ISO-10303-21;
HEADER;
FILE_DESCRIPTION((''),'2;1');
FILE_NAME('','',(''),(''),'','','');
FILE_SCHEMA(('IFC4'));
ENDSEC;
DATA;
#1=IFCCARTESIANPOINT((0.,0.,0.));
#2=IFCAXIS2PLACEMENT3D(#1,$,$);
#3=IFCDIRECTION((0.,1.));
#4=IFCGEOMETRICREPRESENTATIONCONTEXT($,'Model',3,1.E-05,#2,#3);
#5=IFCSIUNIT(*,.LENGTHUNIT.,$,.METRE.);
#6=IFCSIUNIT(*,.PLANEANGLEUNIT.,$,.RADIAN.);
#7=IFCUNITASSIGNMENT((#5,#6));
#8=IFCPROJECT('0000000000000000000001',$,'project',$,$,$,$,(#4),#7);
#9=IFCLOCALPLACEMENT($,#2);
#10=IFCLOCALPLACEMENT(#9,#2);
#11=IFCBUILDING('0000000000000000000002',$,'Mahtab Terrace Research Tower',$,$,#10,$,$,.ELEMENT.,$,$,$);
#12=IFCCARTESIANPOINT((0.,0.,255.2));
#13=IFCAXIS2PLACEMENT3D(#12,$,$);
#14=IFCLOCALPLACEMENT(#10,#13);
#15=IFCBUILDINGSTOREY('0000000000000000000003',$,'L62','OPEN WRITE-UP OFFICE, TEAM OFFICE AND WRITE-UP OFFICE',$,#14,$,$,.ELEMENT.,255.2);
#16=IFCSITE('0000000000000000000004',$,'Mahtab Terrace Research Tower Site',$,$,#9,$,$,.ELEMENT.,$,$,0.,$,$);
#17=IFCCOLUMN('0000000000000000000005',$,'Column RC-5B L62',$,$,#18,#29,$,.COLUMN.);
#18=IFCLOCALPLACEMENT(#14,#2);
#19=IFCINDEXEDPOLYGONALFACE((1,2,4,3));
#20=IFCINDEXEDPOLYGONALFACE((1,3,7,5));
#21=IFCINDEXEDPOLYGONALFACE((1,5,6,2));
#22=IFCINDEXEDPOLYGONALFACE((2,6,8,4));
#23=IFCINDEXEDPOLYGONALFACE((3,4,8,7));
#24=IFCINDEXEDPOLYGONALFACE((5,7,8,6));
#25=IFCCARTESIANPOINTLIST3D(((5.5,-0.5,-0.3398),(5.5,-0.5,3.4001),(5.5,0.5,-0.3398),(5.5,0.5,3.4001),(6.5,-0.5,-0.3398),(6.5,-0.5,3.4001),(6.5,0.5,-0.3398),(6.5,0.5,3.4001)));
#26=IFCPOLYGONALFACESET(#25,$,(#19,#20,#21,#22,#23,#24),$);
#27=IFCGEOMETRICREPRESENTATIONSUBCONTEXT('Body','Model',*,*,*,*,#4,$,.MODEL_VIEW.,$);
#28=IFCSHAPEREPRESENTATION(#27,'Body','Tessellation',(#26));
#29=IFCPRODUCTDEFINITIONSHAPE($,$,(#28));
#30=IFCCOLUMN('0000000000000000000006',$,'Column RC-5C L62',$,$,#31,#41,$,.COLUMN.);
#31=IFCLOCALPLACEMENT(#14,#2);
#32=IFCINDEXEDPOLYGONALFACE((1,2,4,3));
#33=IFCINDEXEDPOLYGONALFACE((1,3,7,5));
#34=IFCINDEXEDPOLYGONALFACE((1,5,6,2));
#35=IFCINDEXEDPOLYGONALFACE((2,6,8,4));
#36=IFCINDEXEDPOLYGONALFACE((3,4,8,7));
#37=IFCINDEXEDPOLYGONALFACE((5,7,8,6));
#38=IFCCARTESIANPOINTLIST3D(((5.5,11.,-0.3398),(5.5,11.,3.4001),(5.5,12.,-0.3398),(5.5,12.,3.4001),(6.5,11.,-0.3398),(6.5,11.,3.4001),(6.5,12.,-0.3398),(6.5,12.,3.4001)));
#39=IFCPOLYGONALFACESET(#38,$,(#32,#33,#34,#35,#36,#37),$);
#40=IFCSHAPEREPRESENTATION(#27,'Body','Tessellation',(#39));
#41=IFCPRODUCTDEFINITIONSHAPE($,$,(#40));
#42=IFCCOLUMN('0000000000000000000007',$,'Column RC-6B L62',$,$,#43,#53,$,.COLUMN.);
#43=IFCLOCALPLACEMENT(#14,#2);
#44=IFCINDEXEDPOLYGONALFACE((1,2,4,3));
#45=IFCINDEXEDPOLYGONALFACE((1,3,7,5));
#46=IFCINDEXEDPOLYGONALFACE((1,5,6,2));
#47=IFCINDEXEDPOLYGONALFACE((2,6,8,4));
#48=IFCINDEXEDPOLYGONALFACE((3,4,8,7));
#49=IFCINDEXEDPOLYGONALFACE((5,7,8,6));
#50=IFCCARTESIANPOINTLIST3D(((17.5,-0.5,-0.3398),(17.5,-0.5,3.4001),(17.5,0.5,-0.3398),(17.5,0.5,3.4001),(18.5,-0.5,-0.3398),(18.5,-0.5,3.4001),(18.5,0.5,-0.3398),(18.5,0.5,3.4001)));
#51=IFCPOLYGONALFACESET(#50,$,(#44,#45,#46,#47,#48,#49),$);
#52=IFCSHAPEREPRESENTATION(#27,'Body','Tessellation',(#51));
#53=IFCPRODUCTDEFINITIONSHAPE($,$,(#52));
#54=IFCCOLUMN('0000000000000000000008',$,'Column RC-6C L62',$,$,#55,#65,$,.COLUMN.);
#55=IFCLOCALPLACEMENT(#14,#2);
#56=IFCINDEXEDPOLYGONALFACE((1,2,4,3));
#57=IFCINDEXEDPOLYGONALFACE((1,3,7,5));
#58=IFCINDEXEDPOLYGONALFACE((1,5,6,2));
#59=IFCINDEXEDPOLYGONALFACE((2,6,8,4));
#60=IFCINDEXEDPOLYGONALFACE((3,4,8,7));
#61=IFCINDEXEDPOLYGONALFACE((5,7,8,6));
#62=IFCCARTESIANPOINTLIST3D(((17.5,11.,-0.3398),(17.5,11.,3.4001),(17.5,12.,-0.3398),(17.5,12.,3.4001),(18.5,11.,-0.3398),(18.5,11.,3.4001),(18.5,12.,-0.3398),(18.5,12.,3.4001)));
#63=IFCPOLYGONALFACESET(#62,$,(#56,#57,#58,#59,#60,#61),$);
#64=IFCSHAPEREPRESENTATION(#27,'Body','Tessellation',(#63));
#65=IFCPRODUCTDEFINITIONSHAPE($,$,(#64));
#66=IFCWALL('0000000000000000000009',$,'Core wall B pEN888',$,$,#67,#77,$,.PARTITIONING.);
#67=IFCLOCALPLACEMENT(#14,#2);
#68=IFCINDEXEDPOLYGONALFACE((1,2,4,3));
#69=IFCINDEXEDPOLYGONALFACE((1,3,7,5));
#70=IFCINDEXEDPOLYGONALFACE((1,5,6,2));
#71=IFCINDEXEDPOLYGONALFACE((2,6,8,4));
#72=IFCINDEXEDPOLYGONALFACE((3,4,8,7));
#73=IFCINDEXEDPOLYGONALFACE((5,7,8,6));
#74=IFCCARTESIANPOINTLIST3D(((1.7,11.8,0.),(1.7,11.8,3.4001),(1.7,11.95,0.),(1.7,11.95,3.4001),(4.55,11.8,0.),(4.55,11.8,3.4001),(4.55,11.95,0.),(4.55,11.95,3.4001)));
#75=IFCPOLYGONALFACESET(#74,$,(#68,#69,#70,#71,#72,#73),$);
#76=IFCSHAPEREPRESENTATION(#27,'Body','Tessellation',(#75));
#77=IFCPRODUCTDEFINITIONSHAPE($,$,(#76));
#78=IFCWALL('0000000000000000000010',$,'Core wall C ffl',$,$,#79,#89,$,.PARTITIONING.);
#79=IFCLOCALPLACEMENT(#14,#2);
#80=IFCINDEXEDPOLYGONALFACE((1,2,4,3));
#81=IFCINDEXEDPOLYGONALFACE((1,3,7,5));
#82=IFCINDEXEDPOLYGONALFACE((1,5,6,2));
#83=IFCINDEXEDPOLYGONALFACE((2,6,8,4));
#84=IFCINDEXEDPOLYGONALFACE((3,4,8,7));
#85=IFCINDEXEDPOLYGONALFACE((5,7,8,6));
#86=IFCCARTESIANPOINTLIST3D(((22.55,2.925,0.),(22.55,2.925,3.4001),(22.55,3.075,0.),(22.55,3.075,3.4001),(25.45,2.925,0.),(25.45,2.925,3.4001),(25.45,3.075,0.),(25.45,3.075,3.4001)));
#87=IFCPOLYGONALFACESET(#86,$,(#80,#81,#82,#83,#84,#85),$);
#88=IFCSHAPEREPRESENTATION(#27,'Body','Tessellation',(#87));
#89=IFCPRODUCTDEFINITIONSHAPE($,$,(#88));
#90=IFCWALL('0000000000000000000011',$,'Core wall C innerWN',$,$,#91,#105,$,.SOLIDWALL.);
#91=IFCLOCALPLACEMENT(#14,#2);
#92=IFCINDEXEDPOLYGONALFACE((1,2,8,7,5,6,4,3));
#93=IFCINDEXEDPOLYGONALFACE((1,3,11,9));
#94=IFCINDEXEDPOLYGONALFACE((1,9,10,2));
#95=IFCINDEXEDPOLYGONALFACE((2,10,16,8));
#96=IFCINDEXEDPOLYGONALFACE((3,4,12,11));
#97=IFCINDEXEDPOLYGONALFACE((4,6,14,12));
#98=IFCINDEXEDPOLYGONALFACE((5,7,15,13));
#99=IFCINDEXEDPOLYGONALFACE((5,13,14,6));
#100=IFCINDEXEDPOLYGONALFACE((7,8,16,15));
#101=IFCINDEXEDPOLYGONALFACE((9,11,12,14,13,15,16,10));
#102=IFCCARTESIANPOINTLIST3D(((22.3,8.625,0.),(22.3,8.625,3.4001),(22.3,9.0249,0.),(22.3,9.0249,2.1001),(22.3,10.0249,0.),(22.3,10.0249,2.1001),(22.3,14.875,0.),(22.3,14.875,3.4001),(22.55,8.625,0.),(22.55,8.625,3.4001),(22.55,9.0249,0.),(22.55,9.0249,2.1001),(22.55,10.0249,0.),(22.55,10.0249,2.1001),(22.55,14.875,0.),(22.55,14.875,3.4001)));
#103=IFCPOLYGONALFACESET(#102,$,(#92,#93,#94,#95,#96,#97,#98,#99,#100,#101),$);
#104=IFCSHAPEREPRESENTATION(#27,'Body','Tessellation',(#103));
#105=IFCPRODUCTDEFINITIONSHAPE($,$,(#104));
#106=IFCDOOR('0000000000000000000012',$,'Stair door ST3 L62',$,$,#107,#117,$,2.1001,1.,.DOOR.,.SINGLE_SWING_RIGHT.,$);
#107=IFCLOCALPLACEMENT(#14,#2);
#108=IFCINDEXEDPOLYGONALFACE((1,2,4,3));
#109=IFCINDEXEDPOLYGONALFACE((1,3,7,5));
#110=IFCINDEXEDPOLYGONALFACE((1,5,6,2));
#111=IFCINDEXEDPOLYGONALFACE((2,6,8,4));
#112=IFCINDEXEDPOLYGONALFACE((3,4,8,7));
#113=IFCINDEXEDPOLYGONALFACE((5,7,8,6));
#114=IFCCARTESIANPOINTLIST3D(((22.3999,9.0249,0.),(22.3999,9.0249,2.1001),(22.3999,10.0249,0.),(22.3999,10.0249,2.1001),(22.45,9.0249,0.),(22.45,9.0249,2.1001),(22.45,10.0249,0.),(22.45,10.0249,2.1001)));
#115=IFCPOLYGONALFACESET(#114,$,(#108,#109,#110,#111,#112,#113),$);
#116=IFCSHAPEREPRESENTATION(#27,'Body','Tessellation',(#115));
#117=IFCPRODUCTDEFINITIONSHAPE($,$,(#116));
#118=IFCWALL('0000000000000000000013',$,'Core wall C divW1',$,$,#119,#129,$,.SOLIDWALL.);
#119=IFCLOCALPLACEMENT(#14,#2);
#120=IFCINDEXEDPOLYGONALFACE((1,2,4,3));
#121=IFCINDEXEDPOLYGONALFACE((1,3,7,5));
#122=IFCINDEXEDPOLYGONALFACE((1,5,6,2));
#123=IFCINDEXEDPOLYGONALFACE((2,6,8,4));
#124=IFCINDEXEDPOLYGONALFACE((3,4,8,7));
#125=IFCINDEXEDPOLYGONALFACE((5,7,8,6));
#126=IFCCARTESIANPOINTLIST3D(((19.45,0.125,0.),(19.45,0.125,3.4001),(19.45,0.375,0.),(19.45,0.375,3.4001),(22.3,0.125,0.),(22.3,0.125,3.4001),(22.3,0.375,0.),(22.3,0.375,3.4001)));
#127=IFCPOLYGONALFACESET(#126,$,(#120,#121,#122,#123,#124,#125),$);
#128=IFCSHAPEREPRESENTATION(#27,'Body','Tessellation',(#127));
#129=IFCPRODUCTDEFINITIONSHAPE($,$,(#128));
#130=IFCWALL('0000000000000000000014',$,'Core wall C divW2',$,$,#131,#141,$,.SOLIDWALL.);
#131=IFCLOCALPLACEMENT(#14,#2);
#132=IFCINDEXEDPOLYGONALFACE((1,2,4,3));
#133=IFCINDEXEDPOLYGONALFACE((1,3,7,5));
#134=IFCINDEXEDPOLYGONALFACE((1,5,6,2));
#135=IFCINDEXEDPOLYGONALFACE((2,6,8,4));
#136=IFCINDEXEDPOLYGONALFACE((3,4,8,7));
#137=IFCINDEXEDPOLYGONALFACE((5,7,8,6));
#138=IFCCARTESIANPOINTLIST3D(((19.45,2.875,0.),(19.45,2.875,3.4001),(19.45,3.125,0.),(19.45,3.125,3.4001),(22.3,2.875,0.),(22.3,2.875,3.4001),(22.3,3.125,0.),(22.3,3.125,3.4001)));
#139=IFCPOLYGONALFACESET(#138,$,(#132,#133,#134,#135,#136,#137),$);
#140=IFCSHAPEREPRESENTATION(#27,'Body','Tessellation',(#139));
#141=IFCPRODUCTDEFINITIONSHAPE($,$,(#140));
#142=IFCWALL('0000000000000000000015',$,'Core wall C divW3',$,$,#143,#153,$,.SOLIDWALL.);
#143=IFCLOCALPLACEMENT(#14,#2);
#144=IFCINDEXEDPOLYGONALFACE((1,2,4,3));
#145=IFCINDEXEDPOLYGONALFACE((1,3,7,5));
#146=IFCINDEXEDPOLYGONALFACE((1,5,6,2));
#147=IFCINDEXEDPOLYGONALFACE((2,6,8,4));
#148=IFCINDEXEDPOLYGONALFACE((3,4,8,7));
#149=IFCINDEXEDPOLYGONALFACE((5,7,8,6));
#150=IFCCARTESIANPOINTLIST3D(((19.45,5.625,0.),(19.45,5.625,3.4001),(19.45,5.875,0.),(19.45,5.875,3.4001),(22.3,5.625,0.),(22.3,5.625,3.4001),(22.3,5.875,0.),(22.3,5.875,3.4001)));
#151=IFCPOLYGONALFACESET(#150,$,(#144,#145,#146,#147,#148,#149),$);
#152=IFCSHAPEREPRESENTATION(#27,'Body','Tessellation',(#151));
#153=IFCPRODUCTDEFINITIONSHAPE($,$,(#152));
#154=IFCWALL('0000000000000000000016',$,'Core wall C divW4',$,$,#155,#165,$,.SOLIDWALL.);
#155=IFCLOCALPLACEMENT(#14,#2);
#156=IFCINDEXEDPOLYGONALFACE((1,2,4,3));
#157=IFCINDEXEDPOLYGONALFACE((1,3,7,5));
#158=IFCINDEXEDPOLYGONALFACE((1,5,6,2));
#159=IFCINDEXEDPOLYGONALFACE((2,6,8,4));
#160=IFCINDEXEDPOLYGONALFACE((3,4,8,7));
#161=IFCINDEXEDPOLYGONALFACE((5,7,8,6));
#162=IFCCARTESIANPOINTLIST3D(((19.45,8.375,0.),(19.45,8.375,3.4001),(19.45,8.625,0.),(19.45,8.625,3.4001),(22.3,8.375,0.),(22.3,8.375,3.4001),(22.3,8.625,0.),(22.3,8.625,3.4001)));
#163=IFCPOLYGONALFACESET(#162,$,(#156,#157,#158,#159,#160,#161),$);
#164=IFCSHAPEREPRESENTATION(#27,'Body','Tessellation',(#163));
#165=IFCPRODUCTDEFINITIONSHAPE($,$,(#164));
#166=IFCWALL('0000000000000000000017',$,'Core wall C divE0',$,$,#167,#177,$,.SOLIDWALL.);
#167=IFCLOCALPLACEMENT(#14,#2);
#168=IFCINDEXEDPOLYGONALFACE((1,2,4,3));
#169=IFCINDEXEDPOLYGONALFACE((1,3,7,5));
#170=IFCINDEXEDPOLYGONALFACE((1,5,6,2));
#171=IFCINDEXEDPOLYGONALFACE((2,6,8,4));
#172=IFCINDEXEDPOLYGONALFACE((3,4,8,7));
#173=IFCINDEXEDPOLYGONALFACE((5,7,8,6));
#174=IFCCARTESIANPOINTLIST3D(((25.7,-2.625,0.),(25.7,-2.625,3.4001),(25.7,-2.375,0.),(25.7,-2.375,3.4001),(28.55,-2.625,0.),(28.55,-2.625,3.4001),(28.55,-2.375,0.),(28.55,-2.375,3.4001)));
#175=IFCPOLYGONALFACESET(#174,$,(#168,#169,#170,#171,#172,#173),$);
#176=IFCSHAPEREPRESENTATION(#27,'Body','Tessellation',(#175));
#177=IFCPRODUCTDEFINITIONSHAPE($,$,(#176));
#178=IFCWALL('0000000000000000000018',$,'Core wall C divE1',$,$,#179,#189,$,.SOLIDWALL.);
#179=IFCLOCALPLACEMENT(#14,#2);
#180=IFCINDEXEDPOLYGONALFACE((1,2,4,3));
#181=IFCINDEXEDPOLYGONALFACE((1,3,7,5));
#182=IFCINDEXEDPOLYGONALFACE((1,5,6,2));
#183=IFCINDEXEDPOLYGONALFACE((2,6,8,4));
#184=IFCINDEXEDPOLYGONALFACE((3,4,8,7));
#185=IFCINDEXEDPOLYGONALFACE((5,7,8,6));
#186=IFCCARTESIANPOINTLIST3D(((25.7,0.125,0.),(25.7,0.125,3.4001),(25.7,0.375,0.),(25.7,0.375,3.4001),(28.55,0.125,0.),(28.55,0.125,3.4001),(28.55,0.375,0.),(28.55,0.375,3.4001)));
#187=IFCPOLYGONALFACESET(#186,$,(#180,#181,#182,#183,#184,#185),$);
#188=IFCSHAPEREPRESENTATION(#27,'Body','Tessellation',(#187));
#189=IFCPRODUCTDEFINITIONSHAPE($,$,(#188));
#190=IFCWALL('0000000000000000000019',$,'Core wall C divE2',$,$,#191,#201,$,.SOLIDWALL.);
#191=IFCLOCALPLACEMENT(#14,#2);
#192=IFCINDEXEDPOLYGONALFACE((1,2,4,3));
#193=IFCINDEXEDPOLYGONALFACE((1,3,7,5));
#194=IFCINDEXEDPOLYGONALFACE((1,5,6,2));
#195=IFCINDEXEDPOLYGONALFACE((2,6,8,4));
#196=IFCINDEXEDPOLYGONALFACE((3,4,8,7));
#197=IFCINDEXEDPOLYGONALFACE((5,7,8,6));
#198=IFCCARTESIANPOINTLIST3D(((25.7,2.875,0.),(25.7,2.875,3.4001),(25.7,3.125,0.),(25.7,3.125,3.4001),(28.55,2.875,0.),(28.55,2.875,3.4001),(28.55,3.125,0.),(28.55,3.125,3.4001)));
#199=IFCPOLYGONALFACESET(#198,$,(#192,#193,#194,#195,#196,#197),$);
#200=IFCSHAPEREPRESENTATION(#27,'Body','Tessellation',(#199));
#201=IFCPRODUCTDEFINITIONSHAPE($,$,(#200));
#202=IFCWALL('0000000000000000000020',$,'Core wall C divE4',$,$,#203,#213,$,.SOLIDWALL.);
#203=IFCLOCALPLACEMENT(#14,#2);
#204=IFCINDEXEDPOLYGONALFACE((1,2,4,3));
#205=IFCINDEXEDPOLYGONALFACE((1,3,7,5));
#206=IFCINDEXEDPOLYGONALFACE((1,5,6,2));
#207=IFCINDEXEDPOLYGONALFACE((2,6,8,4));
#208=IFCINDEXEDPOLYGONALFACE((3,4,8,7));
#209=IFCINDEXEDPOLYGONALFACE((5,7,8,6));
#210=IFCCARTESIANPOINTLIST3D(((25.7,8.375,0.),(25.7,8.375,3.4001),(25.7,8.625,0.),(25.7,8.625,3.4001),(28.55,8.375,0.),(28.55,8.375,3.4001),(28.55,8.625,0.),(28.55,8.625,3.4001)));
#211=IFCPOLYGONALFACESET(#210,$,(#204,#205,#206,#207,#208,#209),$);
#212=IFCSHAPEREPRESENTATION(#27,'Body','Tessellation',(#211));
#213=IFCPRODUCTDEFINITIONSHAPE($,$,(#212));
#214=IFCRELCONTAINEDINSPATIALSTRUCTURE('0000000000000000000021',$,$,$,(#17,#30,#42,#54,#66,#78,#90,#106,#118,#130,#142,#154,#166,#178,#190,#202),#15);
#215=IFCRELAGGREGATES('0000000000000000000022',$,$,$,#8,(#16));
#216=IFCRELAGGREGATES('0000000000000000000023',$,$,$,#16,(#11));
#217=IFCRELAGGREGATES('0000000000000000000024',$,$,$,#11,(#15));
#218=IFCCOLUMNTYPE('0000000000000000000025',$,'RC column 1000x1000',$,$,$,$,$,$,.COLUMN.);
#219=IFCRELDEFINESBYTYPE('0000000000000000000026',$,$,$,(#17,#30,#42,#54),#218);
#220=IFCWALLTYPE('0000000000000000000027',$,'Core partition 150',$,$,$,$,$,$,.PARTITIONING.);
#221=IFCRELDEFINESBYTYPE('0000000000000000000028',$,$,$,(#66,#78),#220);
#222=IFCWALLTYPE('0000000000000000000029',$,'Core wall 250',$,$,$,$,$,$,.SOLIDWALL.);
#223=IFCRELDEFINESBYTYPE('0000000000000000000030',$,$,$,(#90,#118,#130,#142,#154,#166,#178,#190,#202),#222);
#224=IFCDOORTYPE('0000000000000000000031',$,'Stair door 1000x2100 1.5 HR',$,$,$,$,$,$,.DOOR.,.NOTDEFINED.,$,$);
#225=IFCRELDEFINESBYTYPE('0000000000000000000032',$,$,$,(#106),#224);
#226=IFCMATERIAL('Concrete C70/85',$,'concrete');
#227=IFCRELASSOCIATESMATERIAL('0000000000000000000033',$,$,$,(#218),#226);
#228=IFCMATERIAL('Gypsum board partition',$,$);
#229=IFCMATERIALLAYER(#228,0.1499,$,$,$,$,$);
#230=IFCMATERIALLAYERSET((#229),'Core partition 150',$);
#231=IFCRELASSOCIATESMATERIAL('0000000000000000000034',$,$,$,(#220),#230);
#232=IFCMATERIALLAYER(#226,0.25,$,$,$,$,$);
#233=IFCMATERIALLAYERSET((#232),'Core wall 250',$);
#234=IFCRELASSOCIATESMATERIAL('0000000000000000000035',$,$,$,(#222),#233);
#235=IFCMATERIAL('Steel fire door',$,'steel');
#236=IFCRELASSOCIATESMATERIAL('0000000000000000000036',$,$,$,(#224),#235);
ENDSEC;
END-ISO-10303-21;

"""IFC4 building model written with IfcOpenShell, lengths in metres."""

from ifc_helpers import new_model, si_unit, direction, frame, frame_2d, origin, origin_2d, place, context, subcontext, project, spatial, rectangle, extrude, material, layer, layer_set, material_profile, profile_set, type_object, element, fill, save


model = new_model("IFC4")

# Units and contexts
model_context = context("Model", 3, precision=1e-05, world=origin(), true_north=direction((0.0, 1.0)))
body_context = subcontext(model_context, "Body", "Model", "MODEL_VIEW")
ifc_project = project(units=[si_unit("LENGTHUNIT", "METRE"), si_unit("PLANEANGLEUNIT", "RADIAN")], contexts=[model_context])

# Site, building, storey
site_placement = place(None, origin())
site = spatial("IfcSite", under=ifc_project, at=site_placement, Name="Mahtab Terrace Research Tower Site", CompositionType="ELEMENT", RefElevation=0.0)
building_placement = place(site_placement, origin())
building = spatial("IfcBuilding", under=site, at=building_placement, Name="Mahtab Terrace Research Tower", CompositionType="ELEMENT")
storey_placement = place(building_placement, frame((0.0, 0.0, 255.2)))
storey = spatial("IfcBuildingStorey", under=building, at=storey_placement, Name="L62", Description="OPEN WRITE-UP OFFICE, TEAM OFFICE AND WRITE-UP OFFICE", CompositionType="ELEMENT", Elevation=255.2)

# Columns
ifc_material_1 = material(Name="Concrete C70/85", Category="concrete")
ifc_material_profile = material_profile(ifc_material_1, rectangle(XDim=1.0, YDim=1.0, at=origin_2d()), Name="RC column 1000x1000")
ifc_profile_set = profile_set([ifc_material_profile], Name="Concrete C70/85")
column_type = type_object("IfcColumnType", Name="RC column 1000x1000", PredefinedType="COLUMN", material=ifc_profile_set)
for number, where, z_axis, x_axis, name in (
    (1, (6.0, 0.0, -0.3398), (0.0, 0.0, 1.0), (1.0, 0.0, 0.0), "Column RC-5B L62"),
    (2, (6.0, 11.5, -0.3398), (0.0, 0.0, 1.0), (1.0, 0.0, 0.0), "Column RC-5C L62"),
    (3, (18.0, 0.0, -0.3398), (0.0, 0.0, 1.0), (1.0, 0.0, 0.0), "Column RC-6B L62"),
    (4, (18.0, 11.5, -0.3398), (0.0, 0.0, 1.0), (1.0, 0.0, 0.0), "Column RC-6C L62"),
):
    element("IfcColumn", number, at=place(storey_placement, frame(where, z_axis=z_axis, x_axis=x_axis)), inside=storey, type_object=column_type, Name=name, PredefinedType="COLUMN", context=body_context, shape_type="SweptSolid", body=[
        extrude(rectangle(XDim=1.0, YDim=1.0, at=origin_2d()), origin(), (0.0, 0.0, 1.0), 3.74),
    ])

# Walls
ifc_material_2 = material(Name="Gypsum board partition")
ifc_layer_1 = layer(ifc_material_2, 0.1499)
ifc_layer_set_1 = layer_set([ifc_layer_1], Name="Core partition 150")
wall_type_1 = type_object("IfcWallType", Name="Core partition 150", PredefinedType="PARTITIONING", material=ifc_layer_set_1)
wall_1_placement = place(storey_placement, frame((1.7, 11.875, 0.0), z_axis=(0.0, 0.0, 1.0), x_axis=(1.0, 0.0, 0.0)))
element("IfcWall", 5, at=wall_1_placement, inside=storey, type_object=wall_type_1, Name="Core wall B pEN888", PredefinedType="PARTITIONING", context=body_context, shape_type="SweptSolid", body=[
    extrude(rectangle(XDim=2.8501, YDim=0.1499, at=frame_2d((1.425, 0.0))), origin(), (0.0, 0.0, 1.0), 3.4001),
])
wall_2_placement = place(storey_placement, frame((22.55, 3.0, 0.0), z_axis=(0.0, 0.0, 1.0), x_axis=(1.0, 0.0, 0.0)))
element("IfcWall", 6, at=wall_2_placement, inside=storey, type_object=wall_type_1, Name="Core wall C ffl", PredefinedType="PARTITIONING", context=body_context, shape_type="SweptSolid", body=[
    extrude(rectangle(XDim=2.8999, YDim=0.1499, at=frame_2d((1.45, 0.0))), origin(), (0.0, 0.0, 1.0), 3.4001),
])

# Wall, opening, door
ifc_layer_2 = layer(ifc_material_1, 0.25)
ifc_layer_set_2 = layer_set([ifc_layer_2], Name="Core wall 250")
wall_type_2 = type_object("IfcWallType", Name="Core wall 250", PredefinedType="SOLIDWALL", material=ifc_layer_set_2)
wall_3_placement = place(storey_placement, frame((22.425, 14.875, 0.0), z_axis=(0.0, 0.0, 1.0), x_axis=(0.0, -1.0, 0.0)))
wall_3 = element("IfcWall", 7, at=wall_3_placement, inside=storey, type_object=wall_type_2, Name="Core wall C innerWN", PredefinedType="SOLIDWALL", context=body_context, shape_type="SweptSolid", body=[
    extrude(rectangle(XDim=6.25, YDim=0.25, at=frame_2d((3.125, 0.0))), origin(), (0.0, 0.0, 1.0), 3.4001),
])
opening_placement = place(wall_3_placement, frame((4.8501, 0.0, 0.0)))
opening = element("IfcOpeningElement", 8, at=opening_placement, cuts=wall_3, PredefinedType="OPENING", context=body_context, shape_type="SweptSolid", body=[
    extrude(rectangle(XDim=1.0, YDim=2.1001, at=frame_2d((0.5, 1.05))), frame((0.0, 0.135, 0.0), z_axis=(0.0, -1.0, 0.0), x_axis=(1.0, 0.0, 0.0)), (0.0, 0.0, 1.0), 0.27),
])
ifc_material_3 = material(Name="Steel fire door", Category="steel")
door_type = type_object("IfcDoorType", Name="Stair door 1000x2100 1.5 HR", OperationType="NOTDEFINED", PredefinedType="DOOR", material=ifc_material_3)
door_placement = place(opening_placement, origin())
door = element("IfcDoor", 9, at=door_placement, inside=storey, type_object=door_type, Name="Stair door ST3 L62", OperationType="SINGLE_SWING_RIGHT", OverallHeight=2.1001, OverallWidth=1.0, PredefinedType="DOOR", context=body_context, shape_type="SweptSolid", body=[
    extrude(rectangle(XDim=1.0, YDim=2.1001, at=frame_2d((0.5, 1.05))), frame((0.0, 0.0249, 0.0), z_axis=(0.0, -1.0, 0.0), x_axis=(1.0, 0.0, 0.0)), (0.0, 0.0, 1.0), 0.05),
])
fill(opening, door)

# Walls
for number, where, z_axis, x_axis, name in (
    (10, (19.45, 0.25, 0.0), (0.0, 0.0, 1.0), (1.0, 0.0, 0.0), "Core wall C divW1"),
    (11, (19.45, 3.0, 0.0), (0.0, 0.0, 1.0), (1.0, 0.0, 0.0), "Core wall C divW2"),
    (12, (19.45, 5.75, 0.0), (0.0, 0.0, 1.0), (1.0, 0.0, 0.0), "Core wall C divW3"),
    (13, (19.45, 8.5, 0.0), (0.0, 0.0, 1.0), (1.0, 0.0, 0.0), "Core wall C divW4"),
    (14, (25.7, -2.5, 0.0), (0.0, 0.0, 1.0), (1.0, 0.0, 0.0), "Core wall C divE0"),
    (15, (25.7, 0.25, 0.0), (0.0, 0.0, 1.0), (1.0, 0.0, 0.0), "Core wall C divE1"),
    (16, (25.7, 3.0, 0.0), (0.0, 0.0, 1.0), (1.0, 0.0, 0.0), "Core wall C divE2"),
    (17, (25.7, 8.5, 0.0), (0.0, 0.0, 1.0), (1.0, 0.0, 0.0), "Core wall C divE4"),
):
    element("IfcWall", number, at=place(storey_placement, frame(where, z_axis=z_axis, x_axis=x_axis)), inside=storey, type_object=wall_type_2, Name=name, PredefinedType="SOLIDWALL", context=body_context, shape_type="SweptSolid", body=[
        extrude(rectangle(XDim=2.8501, YDim=0.25, at=frame_2d((1.425, 0.0))), origin(), (0.0, 0.0, 1.0), 3.4001),
    ])

save(model, "model.ifc")
